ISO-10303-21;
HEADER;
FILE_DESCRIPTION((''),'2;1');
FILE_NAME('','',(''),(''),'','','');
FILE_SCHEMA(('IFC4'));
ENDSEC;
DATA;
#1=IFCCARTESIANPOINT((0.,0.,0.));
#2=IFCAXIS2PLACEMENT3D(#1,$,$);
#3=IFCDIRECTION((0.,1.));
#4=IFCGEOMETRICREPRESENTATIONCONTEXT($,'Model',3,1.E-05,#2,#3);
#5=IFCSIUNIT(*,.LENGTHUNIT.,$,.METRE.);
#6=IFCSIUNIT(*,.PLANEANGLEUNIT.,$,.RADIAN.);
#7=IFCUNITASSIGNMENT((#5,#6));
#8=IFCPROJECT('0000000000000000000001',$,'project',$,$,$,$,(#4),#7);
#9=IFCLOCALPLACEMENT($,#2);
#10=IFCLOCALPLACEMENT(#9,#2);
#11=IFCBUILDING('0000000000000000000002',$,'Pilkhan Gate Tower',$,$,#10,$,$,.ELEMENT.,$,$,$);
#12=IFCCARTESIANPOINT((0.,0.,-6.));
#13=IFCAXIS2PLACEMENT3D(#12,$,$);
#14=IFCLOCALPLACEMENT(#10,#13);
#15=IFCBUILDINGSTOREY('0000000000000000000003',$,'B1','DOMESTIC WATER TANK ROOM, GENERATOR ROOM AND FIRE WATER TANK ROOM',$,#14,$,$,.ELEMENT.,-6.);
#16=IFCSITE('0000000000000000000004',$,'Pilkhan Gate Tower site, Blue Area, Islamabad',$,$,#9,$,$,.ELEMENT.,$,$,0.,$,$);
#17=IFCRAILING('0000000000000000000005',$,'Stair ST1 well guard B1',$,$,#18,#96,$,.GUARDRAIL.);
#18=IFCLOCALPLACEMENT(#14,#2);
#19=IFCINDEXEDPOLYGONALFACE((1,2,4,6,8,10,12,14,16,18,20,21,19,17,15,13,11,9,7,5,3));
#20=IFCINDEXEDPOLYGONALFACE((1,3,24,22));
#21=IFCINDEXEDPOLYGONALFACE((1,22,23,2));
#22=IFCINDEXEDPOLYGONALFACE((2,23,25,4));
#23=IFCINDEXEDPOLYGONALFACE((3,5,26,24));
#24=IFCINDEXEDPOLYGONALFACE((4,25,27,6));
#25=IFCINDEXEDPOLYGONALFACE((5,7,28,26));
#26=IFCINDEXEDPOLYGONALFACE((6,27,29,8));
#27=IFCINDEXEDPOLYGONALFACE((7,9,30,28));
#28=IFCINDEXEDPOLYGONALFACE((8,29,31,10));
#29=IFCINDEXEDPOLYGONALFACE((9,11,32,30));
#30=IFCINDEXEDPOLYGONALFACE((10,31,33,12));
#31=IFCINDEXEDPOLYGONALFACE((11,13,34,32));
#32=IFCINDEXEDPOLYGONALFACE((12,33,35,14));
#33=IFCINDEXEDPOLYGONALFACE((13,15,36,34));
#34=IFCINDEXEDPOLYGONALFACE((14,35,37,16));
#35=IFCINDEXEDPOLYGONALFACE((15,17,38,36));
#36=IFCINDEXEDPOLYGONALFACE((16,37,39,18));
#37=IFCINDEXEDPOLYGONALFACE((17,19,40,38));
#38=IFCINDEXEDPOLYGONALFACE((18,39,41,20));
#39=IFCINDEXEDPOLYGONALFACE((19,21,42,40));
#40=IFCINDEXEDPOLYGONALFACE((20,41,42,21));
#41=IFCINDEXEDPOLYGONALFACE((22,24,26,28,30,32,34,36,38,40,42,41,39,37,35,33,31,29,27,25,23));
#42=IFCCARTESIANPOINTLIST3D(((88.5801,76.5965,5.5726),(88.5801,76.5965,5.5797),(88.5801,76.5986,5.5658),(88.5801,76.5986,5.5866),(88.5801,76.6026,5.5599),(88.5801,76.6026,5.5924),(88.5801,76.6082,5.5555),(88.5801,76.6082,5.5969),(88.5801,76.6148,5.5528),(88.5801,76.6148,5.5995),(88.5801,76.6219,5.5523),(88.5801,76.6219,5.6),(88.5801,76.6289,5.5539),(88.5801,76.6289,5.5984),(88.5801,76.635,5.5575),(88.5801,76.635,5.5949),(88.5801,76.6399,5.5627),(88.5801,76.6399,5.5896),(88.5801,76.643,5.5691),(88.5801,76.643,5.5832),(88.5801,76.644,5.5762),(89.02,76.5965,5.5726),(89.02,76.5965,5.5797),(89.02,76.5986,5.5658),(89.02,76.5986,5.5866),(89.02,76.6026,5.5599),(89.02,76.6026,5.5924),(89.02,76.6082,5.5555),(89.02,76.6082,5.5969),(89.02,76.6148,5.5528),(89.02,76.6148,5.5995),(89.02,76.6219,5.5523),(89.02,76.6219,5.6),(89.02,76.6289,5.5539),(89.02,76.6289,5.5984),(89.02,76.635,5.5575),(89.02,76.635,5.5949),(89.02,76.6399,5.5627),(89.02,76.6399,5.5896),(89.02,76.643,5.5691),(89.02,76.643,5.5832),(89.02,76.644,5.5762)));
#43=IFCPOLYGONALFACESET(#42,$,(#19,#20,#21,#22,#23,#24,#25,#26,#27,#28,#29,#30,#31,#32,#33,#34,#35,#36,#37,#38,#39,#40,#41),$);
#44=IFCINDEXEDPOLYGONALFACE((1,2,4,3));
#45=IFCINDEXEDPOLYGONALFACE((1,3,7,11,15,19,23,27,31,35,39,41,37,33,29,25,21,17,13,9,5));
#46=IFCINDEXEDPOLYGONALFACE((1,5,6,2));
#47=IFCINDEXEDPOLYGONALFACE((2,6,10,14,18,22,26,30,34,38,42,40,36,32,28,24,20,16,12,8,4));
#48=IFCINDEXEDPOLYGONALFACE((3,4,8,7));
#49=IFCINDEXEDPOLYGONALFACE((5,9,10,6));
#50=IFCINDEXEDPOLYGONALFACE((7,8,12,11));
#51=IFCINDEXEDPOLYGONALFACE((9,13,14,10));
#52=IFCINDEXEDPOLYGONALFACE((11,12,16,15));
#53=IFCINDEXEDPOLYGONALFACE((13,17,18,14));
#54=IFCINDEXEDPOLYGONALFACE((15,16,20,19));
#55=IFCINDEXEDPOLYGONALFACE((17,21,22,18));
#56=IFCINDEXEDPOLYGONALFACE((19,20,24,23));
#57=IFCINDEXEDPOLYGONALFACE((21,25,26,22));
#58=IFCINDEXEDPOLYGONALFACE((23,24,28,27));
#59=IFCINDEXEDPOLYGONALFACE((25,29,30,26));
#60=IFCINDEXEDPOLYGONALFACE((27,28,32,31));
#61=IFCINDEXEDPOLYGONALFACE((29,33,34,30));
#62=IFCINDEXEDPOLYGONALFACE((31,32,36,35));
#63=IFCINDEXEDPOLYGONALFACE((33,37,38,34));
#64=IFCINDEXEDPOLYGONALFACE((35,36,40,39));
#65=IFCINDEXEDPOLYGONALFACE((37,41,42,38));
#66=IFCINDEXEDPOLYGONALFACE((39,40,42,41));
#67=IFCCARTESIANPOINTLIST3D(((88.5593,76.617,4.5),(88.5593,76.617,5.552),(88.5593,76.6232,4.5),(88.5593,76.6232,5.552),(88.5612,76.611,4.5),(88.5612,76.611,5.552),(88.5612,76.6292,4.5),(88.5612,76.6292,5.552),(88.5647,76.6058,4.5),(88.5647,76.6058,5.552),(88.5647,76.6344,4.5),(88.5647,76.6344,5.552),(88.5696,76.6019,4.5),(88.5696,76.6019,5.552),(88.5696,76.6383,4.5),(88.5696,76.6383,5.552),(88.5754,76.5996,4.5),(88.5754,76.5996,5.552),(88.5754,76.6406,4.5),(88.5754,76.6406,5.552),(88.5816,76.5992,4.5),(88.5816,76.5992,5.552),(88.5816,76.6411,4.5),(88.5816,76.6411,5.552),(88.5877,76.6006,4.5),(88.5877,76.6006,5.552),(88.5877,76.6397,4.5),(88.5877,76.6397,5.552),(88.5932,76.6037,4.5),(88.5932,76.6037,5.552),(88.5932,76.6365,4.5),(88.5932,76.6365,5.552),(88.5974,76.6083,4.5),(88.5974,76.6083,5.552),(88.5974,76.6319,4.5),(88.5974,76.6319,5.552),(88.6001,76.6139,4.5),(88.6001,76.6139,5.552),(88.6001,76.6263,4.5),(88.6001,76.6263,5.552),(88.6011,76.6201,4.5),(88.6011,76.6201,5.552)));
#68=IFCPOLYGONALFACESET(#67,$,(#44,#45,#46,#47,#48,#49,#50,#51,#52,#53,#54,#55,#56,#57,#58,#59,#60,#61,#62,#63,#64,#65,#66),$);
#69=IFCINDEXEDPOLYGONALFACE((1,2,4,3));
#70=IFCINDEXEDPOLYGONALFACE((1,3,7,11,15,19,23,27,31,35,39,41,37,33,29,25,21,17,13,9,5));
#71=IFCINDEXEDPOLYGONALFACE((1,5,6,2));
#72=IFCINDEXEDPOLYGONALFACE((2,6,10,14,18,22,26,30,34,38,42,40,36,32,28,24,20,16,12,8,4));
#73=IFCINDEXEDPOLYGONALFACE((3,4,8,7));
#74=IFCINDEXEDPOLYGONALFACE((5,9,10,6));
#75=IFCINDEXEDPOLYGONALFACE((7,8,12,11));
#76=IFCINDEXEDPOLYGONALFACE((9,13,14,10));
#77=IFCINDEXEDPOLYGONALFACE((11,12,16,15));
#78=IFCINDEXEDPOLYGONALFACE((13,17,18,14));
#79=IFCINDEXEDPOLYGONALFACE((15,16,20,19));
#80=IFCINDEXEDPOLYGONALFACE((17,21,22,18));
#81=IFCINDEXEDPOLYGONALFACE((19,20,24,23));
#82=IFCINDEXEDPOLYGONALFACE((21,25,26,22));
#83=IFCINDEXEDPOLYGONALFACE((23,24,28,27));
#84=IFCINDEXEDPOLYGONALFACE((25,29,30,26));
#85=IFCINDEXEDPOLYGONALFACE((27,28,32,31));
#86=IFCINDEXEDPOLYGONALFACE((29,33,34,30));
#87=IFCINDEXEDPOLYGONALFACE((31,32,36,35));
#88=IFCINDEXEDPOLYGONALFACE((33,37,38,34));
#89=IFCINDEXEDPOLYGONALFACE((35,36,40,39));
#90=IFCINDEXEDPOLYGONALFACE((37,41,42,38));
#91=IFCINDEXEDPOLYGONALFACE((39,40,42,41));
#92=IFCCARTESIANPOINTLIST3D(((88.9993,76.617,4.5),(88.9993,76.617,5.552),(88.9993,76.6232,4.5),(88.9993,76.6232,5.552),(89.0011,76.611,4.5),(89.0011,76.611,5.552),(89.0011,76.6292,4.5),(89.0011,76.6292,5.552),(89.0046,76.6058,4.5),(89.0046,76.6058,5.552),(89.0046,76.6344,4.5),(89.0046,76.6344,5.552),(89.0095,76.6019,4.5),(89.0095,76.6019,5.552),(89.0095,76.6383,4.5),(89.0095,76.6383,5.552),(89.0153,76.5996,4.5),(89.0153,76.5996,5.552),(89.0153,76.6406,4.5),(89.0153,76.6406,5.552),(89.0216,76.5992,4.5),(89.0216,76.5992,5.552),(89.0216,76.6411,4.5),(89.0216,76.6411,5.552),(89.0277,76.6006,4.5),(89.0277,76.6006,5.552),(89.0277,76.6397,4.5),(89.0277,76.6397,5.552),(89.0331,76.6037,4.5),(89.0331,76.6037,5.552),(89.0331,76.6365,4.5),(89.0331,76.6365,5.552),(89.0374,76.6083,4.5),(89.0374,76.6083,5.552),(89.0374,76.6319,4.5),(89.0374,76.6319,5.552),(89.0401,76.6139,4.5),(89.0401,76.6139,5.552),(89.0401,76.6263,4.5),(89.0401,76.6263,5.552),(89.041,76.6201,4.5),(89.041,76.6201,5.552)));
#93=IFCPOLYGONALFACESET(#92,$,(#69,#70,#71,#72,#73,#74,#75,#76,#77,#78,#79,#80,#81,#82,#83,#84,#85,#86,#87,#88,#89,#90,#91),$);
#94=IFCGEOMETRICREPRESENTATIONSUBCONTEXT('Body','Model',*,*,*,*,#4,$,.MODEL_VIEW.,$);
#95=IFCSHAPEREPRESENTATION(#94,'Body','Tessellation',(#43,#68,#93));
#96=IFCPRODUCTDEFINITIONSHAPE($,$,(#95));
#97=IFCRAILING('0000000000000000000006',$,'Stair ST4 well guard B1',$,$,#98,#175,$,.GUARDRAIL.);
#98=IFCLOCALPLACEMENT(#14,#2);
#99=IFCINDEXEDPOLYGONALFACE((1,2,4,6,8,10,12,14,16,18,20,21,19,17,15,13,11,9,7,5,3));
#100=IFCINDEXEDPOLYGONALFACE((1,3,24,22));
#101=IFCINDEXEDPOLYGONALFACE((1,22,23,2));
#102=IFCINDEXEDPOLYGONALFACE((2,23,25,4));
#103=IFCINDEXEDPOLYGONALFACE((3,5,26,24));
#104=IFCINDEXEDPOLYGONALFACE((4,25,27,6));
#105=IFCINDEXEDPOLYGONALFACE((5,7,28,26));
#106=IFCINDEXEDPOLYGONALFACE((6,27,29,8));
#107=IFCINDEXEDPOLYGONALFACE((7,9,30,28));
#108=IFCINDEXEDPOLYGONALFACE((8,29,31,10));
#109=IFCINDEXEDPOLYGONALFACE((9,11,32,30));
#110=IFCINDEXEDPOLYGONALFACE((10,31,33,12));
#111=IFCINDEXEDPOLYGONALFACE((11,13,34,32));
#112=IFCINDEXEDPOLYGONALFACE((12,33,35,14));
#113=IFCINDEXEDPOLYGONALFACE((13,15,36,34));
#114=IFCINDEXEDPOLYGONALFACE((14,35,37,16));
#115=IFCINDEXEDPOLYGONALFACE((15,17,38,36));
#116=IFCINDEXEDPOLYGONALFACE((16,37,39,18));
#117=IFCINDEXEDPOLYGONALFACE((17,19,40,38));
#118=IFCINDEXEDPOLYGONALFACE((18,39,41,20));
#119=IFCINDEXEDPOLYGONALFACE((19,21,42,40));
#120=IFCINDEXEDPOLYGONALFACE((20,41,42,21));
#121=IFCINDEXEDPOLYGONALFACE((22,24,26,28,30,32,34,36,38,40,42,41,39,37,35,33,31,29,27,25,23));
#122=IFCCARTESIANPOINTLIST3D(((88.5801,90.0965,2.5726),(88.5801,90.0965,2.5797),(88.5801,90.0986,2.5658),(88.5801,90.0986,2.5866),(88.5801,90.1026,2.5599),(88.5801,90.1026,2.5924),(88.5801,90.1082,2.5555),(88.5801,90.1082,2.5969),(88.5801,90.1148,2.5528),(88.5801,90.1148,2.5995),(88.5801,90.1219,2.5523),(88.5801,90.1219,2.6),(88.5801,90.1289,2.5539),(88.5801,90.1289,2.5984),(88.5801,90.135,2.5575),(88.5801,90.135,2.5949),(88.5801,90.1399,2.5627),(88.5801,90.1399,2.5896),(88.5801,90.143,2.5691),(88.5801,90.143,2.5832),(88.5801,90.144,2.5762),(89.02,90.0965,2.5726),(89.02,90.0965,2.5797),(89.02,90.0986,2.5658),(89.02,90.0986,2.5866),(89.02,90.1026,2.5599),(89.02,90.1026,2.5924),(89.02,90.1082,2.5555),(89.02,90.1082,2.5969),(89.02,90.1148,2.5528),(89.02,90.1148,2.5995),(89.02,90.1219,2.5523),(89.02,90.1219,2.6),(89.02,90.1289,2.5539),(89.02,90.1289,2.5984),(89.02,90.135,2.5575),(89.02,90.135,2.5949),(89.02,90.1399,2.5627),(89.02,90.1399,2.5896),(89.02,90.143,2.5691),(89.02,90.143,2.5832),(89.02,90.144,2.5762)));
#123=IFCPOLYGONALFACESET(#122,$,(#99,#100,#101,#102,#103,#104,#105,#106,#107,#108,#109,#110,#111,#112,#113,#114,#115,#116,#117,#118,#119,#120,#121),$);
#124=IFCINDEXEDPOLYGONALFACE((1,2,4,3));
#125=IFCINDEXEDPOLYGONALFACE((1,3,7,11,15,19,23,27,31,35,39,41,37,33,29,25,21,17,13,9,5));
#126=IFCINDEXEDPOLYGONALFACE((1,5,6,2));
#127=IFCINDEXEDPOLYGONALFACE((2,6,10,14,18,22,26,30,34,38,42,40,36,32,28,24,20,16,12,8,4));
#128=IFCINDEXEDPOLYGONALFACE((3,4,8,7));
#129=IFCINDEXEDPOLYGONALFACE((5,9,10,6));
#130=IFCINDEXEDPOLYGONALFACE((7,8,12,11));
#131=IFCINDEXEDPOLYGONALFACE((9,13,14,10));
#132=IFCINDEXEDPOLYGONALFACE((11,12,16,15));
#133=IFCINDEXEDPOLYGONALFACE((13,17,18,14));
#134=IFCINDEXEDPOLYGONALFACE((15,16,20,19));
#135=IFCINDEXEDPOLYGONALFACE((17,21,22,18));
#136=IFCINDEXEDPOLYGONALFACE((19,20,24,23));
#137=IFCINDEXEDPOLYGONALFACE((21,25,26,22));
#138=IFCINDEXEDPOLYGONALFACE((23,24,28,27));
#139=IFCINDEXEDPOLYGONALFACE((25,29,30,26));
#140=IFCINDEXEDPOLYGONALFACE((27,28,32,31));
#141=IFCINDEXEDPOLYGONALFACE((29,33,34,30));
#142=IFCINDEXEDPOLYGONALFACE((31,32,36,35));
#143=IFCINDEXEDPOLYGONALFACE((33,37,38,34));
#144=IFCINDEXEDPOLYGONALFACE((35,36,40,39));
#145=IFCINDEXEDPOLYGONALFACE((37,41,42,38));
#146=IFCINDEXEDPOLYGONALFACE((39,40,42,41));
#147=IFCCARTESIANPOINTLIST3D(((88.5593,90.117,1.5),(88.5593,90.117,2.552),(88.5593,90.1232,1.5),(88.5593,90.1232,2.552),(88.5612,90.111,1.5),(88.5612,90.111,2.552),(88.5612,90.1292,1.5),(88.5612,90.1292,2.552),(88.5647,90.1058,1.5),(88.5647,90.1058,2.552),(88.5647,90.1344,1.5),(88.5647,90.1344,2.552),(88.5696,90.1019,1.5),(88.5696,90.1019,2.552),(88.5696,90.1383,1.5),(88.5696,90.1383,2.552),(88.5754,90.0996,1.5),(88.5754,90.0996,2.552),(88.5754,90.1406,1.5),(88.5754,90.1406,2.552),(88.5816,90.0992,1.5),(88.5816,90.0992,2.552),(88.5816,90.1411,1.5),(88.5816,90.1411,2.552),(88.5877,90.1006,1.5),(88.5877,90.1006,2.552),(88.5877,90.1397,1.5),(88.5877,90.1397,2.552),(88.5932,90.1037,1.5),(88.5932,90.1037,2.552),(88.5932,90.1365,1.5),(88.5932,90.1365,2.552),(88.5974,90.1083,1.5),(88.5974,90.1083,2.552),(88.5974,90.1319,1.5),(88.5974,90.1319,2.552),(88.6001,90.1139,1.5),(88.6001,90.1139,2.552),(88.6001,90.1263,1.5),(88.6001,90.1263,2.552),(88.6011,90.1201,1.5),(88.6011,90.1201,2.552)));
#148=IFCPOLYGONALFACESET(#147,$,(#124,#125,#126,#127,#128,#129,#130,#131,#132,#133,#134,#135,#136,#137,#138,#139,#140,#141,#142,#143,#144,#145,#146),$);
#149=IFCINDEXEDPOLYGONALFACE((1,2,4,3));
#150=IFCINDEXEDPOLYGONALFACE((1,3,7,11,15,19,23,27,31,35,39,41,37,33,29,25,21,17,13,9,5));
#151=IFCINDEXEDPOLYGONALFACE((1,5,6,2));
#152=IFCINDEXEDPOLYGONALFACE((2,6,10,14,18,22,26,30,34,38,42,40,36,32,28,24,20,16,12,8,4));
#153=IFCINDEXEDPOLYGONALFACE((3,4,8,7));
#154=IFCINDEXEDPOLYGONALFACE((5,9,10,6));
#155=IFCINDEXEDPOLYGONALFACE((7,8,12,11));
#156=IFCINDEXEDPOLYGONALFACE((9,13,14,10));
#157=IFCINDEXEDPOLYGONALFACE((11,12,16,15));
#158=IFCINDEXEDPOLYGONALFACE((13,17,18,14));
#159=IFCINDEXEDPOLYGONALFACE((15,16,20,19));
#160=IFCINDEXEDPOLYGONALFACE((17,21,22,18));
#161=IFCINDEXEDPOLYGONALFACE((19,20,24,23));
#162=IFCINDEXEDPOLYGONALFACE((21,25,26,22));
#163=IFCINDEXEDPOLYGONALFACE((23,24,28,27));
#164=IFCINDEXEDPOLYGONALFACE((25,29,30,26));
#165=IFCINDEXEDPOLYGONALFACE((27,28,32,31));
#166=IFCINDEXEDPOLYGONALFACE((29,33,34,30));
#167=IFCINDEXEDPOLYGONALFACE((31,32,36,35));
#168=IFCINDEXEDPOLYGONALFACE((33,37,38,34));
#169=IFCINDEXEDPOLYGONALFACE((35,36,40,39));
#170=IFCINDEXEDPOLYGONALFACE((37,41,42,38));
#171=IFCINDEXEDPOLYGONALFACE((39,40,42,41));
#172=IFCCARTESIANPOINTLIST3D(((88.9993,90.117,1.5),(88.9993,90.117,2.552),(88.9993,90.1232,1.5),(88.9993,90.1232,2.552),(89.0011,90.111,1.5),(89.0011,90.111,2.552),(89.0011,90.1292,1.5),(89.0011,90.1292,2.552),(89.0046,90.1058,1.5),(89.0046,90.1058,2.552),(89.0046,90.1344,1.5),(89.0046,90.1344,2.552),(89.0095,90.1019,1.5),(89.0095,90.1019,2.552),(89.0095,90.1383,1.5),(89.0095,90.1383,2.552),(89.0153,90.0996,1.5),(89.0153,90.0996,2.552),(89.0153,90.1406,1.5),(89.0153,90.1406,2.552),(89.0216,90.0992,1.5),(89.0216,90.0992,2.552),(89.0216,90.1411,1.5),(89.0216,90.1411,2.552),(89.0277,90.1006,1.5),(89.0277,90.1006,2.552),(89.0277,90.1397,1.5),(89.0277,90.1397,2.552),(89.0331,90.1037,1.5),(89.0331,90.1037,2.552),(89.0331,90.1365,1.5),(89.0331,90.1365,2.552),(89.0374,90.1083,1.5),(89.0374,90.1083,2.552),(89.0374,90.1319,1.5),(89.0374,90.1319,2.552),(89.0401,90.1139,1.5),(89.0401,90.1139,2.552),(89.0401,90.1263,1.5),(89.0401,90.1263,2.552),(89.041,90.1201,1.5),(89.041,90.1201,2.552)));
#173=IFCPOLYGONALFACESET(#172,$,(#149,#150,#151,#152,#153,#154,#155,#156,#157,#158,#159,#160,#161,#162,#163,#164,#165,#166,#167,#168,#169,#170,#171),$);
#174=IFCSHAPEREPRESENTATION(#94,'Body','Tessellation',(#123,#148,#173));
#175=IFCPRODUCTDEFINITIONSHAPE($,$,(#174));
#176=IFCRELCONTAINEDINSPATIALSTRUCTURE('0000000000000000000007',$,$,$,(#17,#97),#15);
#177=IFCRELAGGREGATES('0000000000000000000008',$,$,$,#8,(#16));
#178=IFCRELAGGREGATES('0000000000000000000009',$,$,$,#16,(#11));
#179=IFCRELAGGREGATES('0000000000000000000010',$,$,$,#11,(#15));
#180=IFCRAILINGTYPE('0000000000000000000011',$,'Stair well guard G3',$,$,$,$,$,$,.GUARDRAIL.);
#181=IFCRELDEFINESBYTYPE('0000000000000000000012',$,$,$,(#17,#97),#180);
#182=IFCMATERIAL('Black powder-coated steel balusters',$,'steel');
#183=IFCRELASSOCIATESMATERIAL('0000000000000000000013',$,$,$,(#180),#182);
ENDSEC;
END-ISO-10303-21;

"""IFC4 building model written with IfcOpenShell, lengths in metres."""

from ifc_helpers import new_model, si_unit, direction, frame, origin, origin_2d, place, context, subcontext, project, spatial, circle, extrude, material, type_object, element, save


model = new_model("IFC4")

# Units and contexts
model_context = context("Model", 3, precision=1e-05, world=origin(), true_north=direction((0.0, 1.0)))
body_context = subcontext(model_context, "Body", "Model", "MODEL_VIEW")
ifc_project = project(units=[si_unit("LENGTHUNIT", "METRE"), si_unit("PLANEANGLEUNIT", "RADIAN")], contexts=[model_context])

# Site, building, storey
site_placement = place(None, origin())
site = spatial("IfcSite", under=ifc_project, at=site_placement, Name="Pilkhan Gate Tower site, Blue Area, Islamabad", CompositionType="ELEMENT", RefElevation=0.0)
building_placement = place(site_placement, origin())
building = spatial("IfcBuilding", under=site, at=building_placement, Name="Pilkhan Gate Tower", CompositionType="ELEMENT")
storey_placement = place(building_placement, frame((0.0, 0.0, -6.0)))
storey = spatial("IfcBuildingStorey", under=building, at=storey_placement, Name="B1", Description="DOMESTIC WATER TANK ROOM, GENERATOR ROOM AND FIRE WATER TANK ROOM", CompositionType="ELEMENT", Elevation=-6.0)

# Railings
ifc_material_1 = material(Name="Black powder-coated steel balusters", Category="steel")
railing_type_1 = type_object("IfcRailingType", Name="Stair well guard G3", PredefinedType="GUARDRAIL", material=ifc_material_1)
for number, where, name in (
    (1, (88.5801, 76.6201, 4.5), "Stair ST1 well guard B1"),
    (2, (88.5801, 90.1201, 1.5), "Stair ST4 well guard B1"),
):
    element("IfcRailing", number, at=place(storey_placement, frame(where)), inside=storey, type_object=railing_type_1, Name=name, PredefinedType="GUARDRAIL", context=body_context, shape_type="SweptSolid", body=[
        extrude(circle(Radius=0.0239, at=origin_2d()), frame((0.0, 0.0, 1.0762), z_axis=(1.0, 0.0, 0.0), x_axis=(0.0, 1.0, 0.0)), (0.0, 0.0, 1.0), 0.4399),
        extrude(circle(Radius=0.021, at=origin_2d()), origin(), (0.0, 0.0, 1.0), 1.052),
        extrude(circle(Radius=0.021, at=origin_2d()), frame((0.4399, 0.0, 0.0)), (0.0, 0.0, 1.0), 1.052),
    ])

save(model, "model.ifc")
